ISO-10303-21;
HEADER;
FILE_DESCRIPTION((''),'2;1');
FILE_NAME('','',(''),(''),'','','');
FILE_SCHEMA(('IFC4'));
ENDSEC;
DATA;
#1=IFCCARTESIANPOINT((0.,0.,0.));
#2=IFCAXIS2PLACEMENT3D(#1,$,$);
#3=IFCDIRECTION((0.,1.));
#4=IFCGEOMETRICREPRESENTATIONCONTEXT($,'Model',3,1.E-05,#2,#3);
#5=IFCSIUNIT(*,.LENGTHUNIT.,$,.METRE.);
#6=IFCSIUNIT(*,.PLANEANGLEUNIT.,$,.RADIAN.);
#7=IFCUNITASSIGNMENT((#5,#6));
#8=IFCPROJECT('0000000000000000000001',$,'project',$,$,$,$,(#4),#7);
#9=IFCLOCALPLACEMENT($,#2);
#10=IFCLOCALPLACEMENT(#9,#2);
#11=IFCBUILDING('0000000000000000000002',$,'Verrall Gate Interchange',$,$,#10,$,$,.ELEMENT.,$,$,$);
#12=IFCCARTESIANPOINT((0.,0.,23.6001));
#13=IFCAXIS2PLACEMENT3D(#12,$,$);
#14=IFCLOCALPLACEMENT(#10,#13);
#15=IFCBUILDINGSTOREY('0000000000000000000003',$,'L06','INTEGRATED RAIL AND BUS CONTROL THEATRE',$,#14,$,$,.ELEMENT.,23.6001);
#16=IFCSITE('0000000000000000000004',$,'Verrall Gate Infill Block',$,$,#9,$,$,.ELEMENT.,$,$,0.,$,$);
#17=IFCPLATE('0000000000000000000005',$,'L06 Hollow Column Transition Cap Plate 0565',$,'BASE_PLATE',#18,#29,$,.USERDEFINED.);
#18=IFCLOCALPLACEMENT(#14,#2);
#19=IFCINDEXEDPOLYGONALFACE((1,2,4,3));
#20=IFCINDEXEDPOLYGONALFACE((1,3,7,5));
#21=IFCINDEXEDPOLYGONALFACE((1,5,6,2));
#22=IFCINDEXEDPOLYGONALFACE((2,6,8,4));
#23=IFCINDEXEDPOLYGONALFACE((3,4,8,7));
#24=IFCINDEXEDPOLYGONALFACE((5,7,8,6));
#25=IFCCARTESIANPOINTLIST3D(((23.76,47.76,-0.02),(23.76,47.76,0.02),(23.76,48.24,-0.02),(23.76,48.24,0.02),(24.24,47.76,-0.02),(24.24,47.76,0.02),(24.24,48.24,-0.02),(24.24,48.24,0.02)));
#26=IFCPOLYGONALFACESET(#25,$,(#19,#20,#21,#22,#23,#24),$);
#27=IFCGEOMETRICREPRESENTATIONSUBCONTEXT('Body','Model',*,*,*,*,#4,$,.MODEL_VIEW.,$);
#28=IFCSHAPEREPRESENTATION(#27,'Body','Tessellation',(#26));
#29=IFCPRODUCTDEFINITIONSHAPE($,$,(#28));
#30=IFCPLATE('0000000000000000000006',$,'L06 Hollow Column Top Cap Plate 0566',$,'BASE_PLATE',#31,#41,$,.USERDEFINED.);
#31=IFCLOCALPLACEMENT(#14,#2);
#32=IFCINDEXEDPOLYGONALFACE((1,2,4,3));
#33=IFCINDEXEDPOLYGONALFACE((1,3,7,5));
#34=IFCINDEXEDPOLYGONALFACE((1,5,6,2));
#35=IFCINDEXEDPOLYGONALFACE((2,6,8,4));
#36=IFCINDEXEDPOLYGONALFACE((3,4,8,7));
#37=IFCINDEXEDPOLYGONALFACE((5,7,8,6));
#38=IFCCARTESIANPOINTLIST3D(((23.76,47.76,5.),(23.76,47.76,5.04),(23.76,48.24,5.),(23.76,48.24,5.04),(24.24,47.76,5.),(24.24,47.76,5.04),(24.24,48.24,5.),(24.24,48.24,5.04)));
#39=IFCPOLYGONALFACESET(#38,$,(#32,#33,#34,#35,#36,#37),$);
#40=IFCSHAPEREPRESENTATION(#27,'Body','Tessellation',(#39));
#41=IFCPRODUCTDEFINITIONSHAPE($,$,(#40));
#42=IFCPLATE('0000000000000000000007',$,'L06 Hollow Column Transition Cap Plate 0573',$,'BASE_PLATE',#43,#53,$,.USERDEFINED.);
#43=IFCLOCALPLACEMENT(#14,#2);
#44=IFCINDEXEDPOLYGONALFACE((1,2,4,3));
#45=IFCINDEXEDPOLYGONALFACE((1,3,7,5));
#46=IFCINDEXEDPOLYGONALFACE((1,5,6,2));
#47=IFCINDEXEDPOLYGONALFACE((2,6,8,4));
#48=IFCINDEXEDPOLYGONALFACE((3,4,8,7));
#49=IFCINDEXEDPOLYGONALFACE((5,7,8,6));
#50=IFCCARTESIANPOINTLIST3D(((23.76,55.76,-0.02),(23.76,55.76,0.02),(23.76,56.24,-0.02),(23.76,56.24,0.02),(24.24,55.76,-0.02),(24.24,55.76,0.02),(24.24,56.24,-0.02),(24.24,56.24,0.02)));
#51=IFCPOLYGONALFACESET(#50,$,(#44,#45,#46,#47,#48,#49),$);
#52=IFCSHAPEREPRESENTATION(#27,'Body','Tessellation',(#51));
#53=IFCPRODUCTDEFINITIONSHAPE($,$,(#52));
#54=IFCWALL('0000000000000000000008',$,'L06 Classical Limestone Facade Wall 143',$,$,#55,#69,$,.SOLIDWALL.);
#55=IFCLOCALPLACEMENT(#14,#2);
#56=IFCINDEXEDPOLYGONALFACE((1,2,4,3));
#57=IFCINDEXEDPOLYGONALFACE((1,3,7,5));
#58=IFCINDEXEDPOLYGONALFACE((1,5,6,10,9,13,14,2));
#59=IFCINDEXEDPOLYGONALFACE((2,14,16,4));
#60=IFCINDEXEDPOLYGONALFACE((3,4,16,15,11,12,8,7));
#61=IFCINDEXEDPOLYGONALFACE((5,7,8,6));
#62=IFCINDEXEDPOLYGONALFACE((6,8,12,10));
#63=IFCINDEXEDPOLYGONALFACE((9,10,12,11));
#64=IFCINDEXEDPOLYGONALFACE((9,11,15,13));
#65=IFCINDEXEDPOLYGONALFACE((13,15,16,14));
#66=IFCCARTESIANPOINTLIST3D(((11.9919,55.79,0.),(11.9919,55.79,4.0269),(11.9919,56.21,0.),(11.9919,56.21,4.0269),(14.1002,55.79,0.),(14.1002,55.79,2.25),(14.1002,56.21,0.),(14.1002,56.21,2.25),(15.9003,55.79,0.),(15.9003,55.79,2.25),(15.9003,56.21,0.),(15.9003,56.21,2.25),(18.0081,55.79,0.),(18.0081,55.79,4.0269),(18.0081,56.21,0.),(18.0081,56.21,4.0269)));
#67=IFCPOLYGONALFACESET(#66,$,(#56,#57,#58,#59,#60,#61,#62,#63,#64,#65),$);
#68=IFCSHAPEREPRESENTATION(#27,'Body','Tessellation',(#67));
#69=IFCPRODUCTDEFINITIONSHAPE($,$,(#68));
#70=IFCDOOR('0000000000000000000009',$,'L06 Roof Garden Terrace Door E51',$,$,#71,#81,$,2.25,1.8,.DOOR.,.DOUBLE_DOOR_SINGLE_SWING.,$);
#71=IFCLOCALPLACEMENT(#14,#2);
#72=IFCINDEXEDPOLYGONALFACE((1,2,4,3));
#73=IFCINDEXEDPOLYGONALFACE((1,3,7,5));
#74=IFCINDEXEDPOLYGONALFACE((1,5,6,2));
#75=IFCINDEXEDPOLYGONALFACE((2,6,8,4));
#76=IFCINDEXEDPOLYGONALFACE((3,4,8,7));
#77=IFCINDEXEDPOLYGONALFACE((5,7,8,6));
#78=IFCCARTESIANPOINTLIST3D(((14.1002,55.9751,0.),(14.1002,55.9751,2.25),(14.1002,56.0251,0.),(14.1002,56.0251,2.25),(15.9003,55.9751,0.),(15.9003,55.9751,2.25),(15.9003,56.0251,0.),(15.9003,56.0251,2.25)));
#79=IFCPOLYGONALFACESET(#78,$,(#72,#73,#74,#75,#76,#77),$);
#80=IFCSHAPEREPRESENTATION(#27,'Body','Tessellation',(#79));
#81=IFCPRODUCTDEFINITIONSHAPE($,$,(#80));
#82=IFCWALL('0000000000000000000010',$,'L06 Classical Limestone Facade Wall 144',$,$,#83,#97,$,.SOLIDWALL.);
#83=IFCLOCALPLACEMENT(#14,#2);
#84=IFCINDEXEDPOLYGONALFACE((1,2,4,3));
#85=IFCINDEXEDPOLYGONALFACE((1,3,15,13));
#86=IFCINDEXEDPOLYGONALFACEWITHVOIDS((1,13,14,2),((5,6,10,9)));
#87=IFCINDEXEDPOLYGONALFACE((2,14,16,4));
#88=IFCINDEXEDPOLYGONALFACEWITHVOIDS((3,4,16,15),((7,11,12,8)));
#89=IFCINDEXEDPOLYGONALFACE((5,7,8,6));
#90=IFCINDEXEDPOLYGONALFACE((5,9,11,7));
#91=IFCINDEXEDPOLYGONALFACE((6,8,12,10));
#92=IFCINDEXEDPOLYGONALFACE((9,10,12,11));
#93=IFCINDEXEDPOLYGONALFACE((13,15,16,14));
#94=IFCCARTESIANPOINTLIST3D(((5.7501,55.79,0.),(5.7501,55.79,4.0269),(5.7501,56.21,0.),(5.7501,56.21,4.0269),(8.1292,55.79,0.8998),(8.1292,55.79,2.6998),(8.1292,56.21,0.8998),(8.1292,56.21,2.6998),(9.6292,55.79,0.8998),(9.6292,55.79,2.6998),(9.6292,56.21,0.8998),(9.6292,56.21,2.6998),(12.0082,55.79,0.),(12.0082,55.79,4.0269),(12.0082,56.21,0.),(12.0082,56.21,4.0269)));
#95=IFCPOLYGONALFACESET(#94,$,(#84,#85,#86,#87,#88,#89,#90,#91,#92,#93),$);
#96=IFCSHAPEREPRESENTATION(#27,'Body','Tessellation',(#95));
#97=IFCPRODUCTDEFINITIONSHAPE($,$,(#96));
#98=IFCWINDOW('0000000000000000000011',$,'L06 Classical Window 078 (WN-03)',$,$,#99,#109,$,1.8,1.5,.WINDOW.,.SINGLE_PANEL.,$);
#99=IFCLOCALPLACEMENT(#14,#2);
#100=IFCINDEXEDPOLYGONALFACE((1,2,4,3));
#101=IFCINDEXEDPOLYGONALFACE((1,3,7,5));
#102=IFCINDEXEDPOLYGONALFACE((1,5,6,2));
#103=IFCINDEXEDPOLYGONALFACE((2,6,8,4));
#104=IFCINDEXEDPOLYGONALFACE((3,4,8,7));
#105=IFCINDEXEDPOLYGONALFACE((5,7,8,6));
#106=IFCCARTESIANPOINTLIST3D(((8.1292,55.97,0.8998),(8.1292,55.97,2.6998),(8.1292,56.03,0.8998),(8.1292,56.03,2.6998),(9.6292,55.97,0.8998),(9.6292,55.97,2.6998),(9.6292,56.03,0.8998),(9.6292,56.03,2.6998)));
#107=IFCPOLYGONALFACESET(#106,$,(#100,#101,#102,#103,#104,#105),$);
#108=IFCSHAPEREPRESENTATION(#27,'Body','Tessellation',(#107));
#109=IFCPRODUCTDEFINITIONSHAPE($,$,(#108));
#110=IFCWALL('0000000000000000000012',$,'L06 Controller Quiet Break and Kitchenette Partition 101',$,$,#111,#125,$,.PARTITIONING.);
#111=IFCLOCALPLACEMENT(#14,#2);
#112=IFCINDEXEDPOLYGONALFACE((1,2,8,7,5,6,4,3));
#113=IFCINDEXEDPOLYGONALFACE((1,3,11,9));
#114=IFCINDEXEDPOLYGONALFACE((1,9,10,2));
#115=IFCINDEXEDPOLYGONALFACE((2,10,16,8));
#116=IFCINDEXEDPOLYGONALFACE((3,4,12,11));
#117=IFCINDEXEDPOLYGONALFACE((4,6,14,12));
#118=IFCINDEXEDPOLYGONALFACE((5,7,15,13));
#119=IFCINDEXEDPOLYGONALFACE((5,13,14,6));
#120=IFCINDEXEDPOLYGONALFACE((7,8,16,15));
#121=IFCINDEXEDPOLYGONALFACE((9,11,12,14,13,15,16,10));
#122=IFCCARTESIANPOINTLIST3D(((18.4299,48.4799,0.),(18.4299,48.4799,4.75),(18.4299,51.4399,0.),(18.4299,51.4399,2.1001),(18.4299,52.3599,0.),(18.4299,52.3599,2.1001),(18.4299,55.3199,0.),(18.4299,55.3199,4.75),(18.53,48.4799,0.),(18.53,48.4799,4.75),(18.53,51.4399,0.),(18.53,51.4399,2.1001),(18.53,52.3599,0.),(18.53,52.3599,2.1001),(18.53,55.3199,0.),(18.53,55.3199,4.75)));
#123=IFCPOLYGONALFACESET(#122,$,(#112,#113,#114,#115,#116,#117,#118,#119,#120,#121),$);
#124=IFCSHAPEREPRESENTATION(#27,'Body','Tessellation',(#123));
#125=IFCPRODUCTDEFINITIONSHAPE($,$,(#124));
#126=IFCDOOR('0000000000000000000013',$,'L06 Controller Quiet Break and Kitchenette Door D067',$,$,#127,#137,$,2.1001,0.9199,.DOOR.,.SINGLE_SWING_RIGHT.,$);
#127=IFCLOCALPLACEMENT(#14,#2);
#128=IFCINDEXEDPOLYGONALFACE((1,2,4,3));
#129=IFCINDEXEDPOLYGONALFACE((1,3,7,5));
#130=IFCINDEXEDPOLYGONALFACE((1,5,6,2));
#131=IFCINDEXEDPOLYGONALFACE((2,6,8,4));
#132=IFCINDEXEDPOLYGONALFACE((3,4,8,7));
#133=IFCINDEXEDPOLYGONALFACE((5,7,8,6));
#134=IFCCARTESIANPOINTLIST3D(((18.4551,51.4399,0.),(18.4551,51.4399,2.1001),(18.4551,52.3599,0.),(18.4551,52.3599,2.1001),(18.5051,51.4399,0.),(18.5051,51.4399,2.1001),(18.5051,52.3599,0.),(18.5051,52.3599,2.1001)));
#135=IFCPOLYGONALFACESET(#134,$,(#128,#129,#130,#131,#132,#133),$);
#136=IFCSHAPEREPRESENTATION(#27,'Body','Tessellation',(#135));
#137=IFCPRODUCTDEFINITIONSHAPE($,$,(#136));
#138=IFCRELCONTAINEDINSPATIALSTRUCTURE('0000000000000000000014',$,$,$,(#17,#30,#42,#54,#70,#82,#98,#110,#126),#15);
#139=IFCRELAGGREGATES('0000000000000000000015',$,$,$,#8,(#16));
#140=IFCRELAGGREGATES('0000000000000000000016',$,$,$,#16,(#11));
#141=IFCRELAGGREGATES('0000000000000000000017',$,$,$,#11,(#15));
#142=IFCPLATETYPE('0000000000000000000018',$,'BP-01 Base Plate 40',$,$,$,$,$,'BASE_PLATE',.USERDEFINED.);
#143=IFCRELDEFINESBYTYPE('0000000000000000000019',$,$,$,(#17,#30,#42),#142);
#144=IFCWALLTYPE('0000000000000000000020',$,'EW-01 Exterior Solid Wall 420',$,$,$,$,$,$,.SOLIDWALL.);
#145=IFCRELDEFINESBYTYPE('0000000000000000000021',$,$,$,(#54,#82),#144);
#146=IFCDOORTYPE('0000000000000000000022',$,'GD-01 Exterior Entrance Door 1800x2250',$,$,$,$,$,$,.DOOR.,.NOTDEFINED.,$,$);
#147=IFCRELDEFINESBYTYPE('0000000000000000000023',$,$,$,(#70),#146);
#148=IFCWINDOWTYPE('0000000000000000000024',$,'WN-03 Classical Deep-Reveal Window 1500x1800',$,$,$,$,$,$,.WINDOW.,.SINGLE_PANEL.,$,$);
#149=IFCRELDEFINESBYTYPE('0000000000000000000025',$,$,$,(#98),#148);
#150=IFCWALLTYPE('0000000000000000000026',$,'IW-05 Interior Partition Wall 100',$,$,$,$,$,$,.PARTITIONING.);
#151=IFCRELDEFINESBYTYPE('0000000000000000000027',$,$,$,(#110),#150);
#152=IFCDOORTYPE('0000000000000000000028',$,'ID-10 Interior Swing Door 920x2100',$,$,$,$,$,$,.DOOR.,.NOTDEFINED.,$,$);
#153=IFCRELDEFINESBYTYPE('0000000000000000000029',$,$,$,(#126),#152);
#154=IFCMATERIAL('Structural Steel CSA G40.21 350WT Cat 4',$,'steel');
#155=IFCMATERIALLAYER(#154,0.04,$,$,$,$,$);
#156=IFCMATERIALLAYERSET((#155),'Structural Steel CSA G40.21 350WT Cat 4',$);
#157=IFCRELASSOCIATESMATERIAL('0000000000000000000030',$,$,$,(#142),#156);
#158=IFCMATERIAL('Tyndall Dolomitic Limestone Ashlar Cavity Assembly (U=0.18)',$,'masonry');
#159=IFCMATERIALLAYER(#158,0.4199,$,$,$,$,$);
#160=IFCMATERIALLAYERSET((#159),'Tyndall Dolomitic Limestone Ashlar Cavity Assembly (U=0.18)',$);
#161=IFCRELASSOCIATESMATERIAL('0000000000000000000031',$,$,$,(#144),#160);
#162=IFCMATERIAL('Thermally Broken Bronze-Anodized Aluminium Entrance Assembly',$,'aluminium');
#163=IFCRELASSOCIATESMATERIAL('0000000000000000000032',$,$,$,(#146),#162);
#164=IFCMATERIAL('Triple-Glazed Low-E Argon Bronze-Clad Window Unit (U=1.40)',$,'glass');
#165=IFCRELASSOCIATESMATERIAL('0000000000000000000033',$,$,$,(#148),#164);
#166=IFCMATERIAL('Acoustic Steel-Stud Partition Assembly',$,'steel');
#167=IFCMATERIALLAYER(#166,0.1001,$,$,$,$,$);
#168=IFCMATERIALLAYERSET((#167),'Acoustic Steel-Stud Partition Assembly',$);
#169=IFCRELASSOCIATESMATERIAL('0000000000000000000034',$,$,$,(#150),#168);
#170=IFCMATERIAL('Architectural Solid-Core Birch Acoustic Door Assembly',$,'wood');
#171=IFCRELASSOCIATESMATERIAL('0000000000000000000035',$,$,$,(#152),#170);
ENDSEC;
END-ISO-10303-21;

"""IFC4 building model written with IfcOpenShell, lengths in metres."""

from ifc_helpers import new_model, si_unit, direction, frame, frame_2d, origin, origin_2d, place, context, subcontext, project, spatial, rectangle, extrude, material, layer, layer_set, type_object, element, fill, save


model = new_model("IFC4")

# Units and contexts
model_context = context("Model", 3, precision=1e-05, world=origin(), true_north=direction((0.0, 1.0)))
body_context = subcontext(model_context, "Body", "Model", "MODEL_VIEW")
ifc_project = project(units=[si_unit("LENGTHUNIT", "METRE"), si_unit("PLANEANGLEUNIT", "RADIAN")], contexts=[model_context])

# Site, building, storey
site_placement = place(None, origin())
site = spatial("IfcSite", under=ifc_project, at=site_placement, Name="Verrall Gate Infill Block", CompositionType="ELEMENT", RefElevation=0.0)
building_placement = place(site_placement, origin())
building = spatial("IfcBuilding", under=site, at=building_placement, Name="Verrall Gate Interchange", CompositionType="ELEMENT")
storey_placement = place(building_placement, frame((0.0, 0.0, 23.6001)))
storey = spatial("IfcBuildingStorey", under=building, at=storey_placement, Name="L06", Description="INTEGRATED RAIL AND BUS CONTROL THEATRE", CompositionType="ELEMENT", Elevation=23.6001)

# Plates
ifc_material_1 = material(Name="Structural Steel CSA G40.21 350WT Cat 4", Category="steel")
ifc_layer_1 = layer(ifc_material_1, 0.04)
ifc_layer_set_1 = layer_set([ifc_layer_1], Name="Structural Steel CSA G40.21 350WT Cat 4")
plate_type = type_object("IfcPlateType", Name="BP-01 Base Plate 40", ElementType="BASE_PLATE", PredefinedType="USERDEFINED", material=ifc_layer_set_1)
for number, where, z_axis, x_axis, name in (
    (1, (24.0, 48.0, -0.02), (0.0, 0.0, 1.0), (1.0, 0.0, 0.0), "L06 Hollow Column Transition Cap Plate 0565"),
    (2, (24.0, 48.0, 5.0), (0.0, 0.0, 1.0), (1.0, 0.0, 0.0), "L06 Hollow Column Top Cap Plate 0566"),
    (3, (24.0, 56.0, -0.02), (0.0, 0.0, 1.0), (1.0, 0.0, 0.0), "L06 Hollow Column Transition Cap Plate 0573"),
):
    element("IfcPlate", number, at=place(storey_placement, frame(where, z_axis=z_axis, x_axis=x_axis)), inside=storey, type_object=plate_type, Name=name, ObjectType="BASE_PLATE", PredefinedType="USERDEFINED", context=body_context, shape_type="SweptSolid", body=[
        extrude(rectangle(XDim=0.48, YDim=0.48, at=origin_2d()), origin(), (0.0, 0.0, 1.0), 0.04),
    ])

# Wall, opening, door
ifc_material_2 = material(Name="Tyndall Dolomitic Limestone Ashlar Cavity Assembly (U=0.18)", Category="masonry")
ifc_layer_2 = layer(ifc_material_2, 0.4199)
ifc_layer_set_2 = layer_set([ifc_layer_2], Name="Tyndall Dolomitic Limestone Ashlar Cavity Assembly (U=0.18)")
wall_type_1 = type_object("IfcWallType", Name="EW-01 Exterior Solid Wall 420", PredefinedType="SOLIDWALL", material=ifc_layer_set_2)
wall_1_placement = place(storey_placement, frame((18.0081, 56.0, 0.0), z_axis=(0.0, 0.0, 1.0), x_axis=(-1.0, 0.0, 0.0)))
wall_1 = element("IfcWall", 4, at=wall_1_placement, inside=storey, type_object=wall_type_1, Name="L06 Classical Limestone Facade Wall 143", PredefinedType="SOLIDWALL", context=body_context, shape_type="SweptSolid", body=[
    extrude(rectangle(XDim=6.0161, YDim=0.4199, at=frame_2d((3.0081, 0.0))), origin(), (0.0, 0.0, 1.0), 4.0269),
])
opening_1_placement = place(wall_1_placement, frame((2.1079, 0.0, 0.0)))
opening_1 = element("IfcOpeningElement", 5, at=opening_1_placement, cuts=wall_1, PredefinedType="OPENING", context=body_context, shape_type="SweptSolid", body=[
    extrude(rectangle(XDim=1.8, YDim=2.25, at=frame_2d((0.8999, 1.125))), frame((0.0, 0.2249, 0.0), z_axis=(0.0, -1.0, 0.0), x_axis=(1.0, 0.0, 0.0)), (0.0, 0.0, 1.0), 0.4497),
])
ifc_material_3 = material(Name="Thermally Broken Bronze-Anodized Aluminium Entrance Assembly", Category="aluminium")
door_type_1 = type_object("IfcDoorType", Name="GD-01 Exterior Entrance Door 1800x2250", OperationType="NOTDEFINED", PredefinedType="DOOR", material=ifc_material_3)
door_1_placement = place(opening_1_placement, origin())
door_1 = element("IfcDoor", 6, at=door_1_placement, inside=storey, type_object=door_type_1, Name="L06 Roof Garden Terrace Door E51", OperationType="DOUBLE_DOOR_SINGLE_SWING", OverallHeight=2.25, OverallWidth=1.8, PredefinedType="DOOR", context=body_context, shape_type="SweptSolid", body=[
    extrude(rectangle(XDim=1.8, YDim=2.25, at=frame_2d((0.8999, 1.125))), frame((0.0, 0.0249, 0.0), z_axis=(0.0, -1.0, 0.0), x_axis=(1.0, 0.0, 0.0)), (0.0, 0.0, 1.0), 0.05),
])
fill(opening_1, door_1)

# Wall, opening, window
wall_2_placement = place(storey_placement, frame((12.0081, 56.0, 0.0), z_axis=(0.0, 0.0, 1.0), x_axis=(-1.0, 0.0, 0.0)))
wall_2 = element("IfcWall", 7, at=wall_2_placement, inside=storey, type_object=wall_type_1, Name="L06 Classical Limestone Facade Wall 144", PredefinedType="SOLIDWALL", context=body_context, shape_type="SweptSolid", body=[
    extrude(rectangle(XDim=6.2581, YDim=0.4199, at=frame_2d((3.1289, 0.0))), origin(), (0.0, 0.0, 1.0), 4.0269),
])
opening_2_placement = place(wall_2_placement, frame((2.3789, 0.0, 0.8999)))
opening_2 = element("IfcOpeningElement", 8, at=opening_2_placement, cuts=wall_2, PredefinedType="OPENING", context=body_context, shape_type="SweptSolid", body=[
    extrude(rectangle(XDim=1.5, YDim=1.8, at=frame_2d((0.75, 0.8999))), frame((0.0, 0.2249, 0.0), z_axis=(0.0, -1.0, 0.0), x_axis=(1.0, 0.0, 0.0)), (0.0, 0.0, 1.0), 0.4497),
])
ifc_material_4 = material(Name="Triple-Glazed Low-E Argon Bronze-Clad Window Unit (U=1.40)", Category="glass")
window_type = type_object("IfcWindowType", Name="WN-03 Classical Deep-Reveal Window 1500x1800", PartitioningType="SINGLE_PANEL", PredefinedType="WINDOW", material=ifc_material_4)
window_placement = place(opening_2_placement, origin())
window = element("IfcWindow", 9, at=window_placement, inside=storey, type_object=window_type, Name="L06 Classical Window 078 (WN-03)", OverallHeight=1.8, OverallWidth=1.5, PartitioningType="SINGLE_PANEL", PredefinedType="WINDOW", context=body_context, shape_type="SweptSolid", body=[
    extrude(rectangle(XDim=1.5, YDim=1.8, at=frame_2d((0.75, 0.8999))), frame((0.0, 0.03, 0.0), z_axis=(0.0, -1.0, 0.0), x_axis=(1.0, 0.0, 0.0)), (0.0, 0.0, 1.0), 0.0601),
])
fill(opening_2, window)

# Wall, opening, door
ifc_material_5 = material(Name="Acoustic Steel-Stud Partition Assembly", Category="steel")
ifc_layer_3 = layer(ifc_material_5, 0.1001)
ifc_layer_set_3 = layer_set([ifc_layer_3], Name="Acoustic Steel-Stud Partition Assembly")
wall_type_2 = type_object("IfcWallType", Name="IW-05 Interior Partition Wall 100", PredefinedType="PARTITIONING", material=ifc_layer_set_3)
wall_3_placement = place(storey_placement, frame((18.48, 48.48, 0.0), z_axis=(0.0, 0.0, 1.0), x_axis=(0.0, 1.0, 0.0)))
wall_3 = element("IfcWall", 10, at=wall_3_placement, inside=storey, type_object=wall_type_2, Name="L06 Controller Quiet Break and Kitchenette Partition 101", PredefinedType="PARTITIONING", context=body_context, shape_type="SweptSolid", body=[
    extrude(rectangle(XDim=6.8401, YDim=0.1001, at=frame_2d((3.4199, 0.0))), origin(), (0.0, 0.0, 1.0), 4.75),
])
opening_3_placement = place(wall_3_placement, frame((2.96, 0.0, 0.0)))
opening_3 = element("IfcOpeningElement", 11, at=opening_3_placement, cuts=wall_3, PredefinedType="OPENING", context=body_context, shape_type="SweptSolid", body=[
    extrude(rectangle(XDim=0.9199, YDim=2.1001, at=frame_2d((0.46, 1.05))), frame((0.0, 0.0649, 0.0), z_axis=(0.0, -1.0, 0.0), x_axis=(1.0, 0.0, 0.0)), (0.0, 0.0, 1.0), 0.1299),
])
ifc_material_6 = material(Name="Architectural Solid-Core Birch Acoustic Door Assembly", Category="wood")
door_type_2 = type_object("IfcDoorType", Name="ID-10 Interior Swing Door 920x2100", OperationType="NOTDEFINED", PredefinedType="DOOR", material=ifc_material_6)
door_2_placement = place(opening_3_placement, origin())
door_2 = element("IfcDoor", 12, at=door_2_placement, inside=storey, type_object=door_type_2, Name="L06 Controller Quiet Break and Kitchenette Door D067", OperationType="SINGLE_SWING_RIGHT", OverallHeight=2.1001, OverallWidth=0.9199, PredefinedType="DOOR", context=body_context, shape_type="SweptSolid", body=[
    extrude(rectangle(XDim=0.9199, YDim=2.1001, at=frame_2d((0.46, 1.05))), frame((0.0, 0.0249, 0.0), z_axis=(0.0, -1.0, 0.0), x_axis=(1.0, 0.0, 0.0)), (0.0, 0.0, 1.0), 0.05),
])
fill(opening_3, door_2)

save(model, "model.ifc")
